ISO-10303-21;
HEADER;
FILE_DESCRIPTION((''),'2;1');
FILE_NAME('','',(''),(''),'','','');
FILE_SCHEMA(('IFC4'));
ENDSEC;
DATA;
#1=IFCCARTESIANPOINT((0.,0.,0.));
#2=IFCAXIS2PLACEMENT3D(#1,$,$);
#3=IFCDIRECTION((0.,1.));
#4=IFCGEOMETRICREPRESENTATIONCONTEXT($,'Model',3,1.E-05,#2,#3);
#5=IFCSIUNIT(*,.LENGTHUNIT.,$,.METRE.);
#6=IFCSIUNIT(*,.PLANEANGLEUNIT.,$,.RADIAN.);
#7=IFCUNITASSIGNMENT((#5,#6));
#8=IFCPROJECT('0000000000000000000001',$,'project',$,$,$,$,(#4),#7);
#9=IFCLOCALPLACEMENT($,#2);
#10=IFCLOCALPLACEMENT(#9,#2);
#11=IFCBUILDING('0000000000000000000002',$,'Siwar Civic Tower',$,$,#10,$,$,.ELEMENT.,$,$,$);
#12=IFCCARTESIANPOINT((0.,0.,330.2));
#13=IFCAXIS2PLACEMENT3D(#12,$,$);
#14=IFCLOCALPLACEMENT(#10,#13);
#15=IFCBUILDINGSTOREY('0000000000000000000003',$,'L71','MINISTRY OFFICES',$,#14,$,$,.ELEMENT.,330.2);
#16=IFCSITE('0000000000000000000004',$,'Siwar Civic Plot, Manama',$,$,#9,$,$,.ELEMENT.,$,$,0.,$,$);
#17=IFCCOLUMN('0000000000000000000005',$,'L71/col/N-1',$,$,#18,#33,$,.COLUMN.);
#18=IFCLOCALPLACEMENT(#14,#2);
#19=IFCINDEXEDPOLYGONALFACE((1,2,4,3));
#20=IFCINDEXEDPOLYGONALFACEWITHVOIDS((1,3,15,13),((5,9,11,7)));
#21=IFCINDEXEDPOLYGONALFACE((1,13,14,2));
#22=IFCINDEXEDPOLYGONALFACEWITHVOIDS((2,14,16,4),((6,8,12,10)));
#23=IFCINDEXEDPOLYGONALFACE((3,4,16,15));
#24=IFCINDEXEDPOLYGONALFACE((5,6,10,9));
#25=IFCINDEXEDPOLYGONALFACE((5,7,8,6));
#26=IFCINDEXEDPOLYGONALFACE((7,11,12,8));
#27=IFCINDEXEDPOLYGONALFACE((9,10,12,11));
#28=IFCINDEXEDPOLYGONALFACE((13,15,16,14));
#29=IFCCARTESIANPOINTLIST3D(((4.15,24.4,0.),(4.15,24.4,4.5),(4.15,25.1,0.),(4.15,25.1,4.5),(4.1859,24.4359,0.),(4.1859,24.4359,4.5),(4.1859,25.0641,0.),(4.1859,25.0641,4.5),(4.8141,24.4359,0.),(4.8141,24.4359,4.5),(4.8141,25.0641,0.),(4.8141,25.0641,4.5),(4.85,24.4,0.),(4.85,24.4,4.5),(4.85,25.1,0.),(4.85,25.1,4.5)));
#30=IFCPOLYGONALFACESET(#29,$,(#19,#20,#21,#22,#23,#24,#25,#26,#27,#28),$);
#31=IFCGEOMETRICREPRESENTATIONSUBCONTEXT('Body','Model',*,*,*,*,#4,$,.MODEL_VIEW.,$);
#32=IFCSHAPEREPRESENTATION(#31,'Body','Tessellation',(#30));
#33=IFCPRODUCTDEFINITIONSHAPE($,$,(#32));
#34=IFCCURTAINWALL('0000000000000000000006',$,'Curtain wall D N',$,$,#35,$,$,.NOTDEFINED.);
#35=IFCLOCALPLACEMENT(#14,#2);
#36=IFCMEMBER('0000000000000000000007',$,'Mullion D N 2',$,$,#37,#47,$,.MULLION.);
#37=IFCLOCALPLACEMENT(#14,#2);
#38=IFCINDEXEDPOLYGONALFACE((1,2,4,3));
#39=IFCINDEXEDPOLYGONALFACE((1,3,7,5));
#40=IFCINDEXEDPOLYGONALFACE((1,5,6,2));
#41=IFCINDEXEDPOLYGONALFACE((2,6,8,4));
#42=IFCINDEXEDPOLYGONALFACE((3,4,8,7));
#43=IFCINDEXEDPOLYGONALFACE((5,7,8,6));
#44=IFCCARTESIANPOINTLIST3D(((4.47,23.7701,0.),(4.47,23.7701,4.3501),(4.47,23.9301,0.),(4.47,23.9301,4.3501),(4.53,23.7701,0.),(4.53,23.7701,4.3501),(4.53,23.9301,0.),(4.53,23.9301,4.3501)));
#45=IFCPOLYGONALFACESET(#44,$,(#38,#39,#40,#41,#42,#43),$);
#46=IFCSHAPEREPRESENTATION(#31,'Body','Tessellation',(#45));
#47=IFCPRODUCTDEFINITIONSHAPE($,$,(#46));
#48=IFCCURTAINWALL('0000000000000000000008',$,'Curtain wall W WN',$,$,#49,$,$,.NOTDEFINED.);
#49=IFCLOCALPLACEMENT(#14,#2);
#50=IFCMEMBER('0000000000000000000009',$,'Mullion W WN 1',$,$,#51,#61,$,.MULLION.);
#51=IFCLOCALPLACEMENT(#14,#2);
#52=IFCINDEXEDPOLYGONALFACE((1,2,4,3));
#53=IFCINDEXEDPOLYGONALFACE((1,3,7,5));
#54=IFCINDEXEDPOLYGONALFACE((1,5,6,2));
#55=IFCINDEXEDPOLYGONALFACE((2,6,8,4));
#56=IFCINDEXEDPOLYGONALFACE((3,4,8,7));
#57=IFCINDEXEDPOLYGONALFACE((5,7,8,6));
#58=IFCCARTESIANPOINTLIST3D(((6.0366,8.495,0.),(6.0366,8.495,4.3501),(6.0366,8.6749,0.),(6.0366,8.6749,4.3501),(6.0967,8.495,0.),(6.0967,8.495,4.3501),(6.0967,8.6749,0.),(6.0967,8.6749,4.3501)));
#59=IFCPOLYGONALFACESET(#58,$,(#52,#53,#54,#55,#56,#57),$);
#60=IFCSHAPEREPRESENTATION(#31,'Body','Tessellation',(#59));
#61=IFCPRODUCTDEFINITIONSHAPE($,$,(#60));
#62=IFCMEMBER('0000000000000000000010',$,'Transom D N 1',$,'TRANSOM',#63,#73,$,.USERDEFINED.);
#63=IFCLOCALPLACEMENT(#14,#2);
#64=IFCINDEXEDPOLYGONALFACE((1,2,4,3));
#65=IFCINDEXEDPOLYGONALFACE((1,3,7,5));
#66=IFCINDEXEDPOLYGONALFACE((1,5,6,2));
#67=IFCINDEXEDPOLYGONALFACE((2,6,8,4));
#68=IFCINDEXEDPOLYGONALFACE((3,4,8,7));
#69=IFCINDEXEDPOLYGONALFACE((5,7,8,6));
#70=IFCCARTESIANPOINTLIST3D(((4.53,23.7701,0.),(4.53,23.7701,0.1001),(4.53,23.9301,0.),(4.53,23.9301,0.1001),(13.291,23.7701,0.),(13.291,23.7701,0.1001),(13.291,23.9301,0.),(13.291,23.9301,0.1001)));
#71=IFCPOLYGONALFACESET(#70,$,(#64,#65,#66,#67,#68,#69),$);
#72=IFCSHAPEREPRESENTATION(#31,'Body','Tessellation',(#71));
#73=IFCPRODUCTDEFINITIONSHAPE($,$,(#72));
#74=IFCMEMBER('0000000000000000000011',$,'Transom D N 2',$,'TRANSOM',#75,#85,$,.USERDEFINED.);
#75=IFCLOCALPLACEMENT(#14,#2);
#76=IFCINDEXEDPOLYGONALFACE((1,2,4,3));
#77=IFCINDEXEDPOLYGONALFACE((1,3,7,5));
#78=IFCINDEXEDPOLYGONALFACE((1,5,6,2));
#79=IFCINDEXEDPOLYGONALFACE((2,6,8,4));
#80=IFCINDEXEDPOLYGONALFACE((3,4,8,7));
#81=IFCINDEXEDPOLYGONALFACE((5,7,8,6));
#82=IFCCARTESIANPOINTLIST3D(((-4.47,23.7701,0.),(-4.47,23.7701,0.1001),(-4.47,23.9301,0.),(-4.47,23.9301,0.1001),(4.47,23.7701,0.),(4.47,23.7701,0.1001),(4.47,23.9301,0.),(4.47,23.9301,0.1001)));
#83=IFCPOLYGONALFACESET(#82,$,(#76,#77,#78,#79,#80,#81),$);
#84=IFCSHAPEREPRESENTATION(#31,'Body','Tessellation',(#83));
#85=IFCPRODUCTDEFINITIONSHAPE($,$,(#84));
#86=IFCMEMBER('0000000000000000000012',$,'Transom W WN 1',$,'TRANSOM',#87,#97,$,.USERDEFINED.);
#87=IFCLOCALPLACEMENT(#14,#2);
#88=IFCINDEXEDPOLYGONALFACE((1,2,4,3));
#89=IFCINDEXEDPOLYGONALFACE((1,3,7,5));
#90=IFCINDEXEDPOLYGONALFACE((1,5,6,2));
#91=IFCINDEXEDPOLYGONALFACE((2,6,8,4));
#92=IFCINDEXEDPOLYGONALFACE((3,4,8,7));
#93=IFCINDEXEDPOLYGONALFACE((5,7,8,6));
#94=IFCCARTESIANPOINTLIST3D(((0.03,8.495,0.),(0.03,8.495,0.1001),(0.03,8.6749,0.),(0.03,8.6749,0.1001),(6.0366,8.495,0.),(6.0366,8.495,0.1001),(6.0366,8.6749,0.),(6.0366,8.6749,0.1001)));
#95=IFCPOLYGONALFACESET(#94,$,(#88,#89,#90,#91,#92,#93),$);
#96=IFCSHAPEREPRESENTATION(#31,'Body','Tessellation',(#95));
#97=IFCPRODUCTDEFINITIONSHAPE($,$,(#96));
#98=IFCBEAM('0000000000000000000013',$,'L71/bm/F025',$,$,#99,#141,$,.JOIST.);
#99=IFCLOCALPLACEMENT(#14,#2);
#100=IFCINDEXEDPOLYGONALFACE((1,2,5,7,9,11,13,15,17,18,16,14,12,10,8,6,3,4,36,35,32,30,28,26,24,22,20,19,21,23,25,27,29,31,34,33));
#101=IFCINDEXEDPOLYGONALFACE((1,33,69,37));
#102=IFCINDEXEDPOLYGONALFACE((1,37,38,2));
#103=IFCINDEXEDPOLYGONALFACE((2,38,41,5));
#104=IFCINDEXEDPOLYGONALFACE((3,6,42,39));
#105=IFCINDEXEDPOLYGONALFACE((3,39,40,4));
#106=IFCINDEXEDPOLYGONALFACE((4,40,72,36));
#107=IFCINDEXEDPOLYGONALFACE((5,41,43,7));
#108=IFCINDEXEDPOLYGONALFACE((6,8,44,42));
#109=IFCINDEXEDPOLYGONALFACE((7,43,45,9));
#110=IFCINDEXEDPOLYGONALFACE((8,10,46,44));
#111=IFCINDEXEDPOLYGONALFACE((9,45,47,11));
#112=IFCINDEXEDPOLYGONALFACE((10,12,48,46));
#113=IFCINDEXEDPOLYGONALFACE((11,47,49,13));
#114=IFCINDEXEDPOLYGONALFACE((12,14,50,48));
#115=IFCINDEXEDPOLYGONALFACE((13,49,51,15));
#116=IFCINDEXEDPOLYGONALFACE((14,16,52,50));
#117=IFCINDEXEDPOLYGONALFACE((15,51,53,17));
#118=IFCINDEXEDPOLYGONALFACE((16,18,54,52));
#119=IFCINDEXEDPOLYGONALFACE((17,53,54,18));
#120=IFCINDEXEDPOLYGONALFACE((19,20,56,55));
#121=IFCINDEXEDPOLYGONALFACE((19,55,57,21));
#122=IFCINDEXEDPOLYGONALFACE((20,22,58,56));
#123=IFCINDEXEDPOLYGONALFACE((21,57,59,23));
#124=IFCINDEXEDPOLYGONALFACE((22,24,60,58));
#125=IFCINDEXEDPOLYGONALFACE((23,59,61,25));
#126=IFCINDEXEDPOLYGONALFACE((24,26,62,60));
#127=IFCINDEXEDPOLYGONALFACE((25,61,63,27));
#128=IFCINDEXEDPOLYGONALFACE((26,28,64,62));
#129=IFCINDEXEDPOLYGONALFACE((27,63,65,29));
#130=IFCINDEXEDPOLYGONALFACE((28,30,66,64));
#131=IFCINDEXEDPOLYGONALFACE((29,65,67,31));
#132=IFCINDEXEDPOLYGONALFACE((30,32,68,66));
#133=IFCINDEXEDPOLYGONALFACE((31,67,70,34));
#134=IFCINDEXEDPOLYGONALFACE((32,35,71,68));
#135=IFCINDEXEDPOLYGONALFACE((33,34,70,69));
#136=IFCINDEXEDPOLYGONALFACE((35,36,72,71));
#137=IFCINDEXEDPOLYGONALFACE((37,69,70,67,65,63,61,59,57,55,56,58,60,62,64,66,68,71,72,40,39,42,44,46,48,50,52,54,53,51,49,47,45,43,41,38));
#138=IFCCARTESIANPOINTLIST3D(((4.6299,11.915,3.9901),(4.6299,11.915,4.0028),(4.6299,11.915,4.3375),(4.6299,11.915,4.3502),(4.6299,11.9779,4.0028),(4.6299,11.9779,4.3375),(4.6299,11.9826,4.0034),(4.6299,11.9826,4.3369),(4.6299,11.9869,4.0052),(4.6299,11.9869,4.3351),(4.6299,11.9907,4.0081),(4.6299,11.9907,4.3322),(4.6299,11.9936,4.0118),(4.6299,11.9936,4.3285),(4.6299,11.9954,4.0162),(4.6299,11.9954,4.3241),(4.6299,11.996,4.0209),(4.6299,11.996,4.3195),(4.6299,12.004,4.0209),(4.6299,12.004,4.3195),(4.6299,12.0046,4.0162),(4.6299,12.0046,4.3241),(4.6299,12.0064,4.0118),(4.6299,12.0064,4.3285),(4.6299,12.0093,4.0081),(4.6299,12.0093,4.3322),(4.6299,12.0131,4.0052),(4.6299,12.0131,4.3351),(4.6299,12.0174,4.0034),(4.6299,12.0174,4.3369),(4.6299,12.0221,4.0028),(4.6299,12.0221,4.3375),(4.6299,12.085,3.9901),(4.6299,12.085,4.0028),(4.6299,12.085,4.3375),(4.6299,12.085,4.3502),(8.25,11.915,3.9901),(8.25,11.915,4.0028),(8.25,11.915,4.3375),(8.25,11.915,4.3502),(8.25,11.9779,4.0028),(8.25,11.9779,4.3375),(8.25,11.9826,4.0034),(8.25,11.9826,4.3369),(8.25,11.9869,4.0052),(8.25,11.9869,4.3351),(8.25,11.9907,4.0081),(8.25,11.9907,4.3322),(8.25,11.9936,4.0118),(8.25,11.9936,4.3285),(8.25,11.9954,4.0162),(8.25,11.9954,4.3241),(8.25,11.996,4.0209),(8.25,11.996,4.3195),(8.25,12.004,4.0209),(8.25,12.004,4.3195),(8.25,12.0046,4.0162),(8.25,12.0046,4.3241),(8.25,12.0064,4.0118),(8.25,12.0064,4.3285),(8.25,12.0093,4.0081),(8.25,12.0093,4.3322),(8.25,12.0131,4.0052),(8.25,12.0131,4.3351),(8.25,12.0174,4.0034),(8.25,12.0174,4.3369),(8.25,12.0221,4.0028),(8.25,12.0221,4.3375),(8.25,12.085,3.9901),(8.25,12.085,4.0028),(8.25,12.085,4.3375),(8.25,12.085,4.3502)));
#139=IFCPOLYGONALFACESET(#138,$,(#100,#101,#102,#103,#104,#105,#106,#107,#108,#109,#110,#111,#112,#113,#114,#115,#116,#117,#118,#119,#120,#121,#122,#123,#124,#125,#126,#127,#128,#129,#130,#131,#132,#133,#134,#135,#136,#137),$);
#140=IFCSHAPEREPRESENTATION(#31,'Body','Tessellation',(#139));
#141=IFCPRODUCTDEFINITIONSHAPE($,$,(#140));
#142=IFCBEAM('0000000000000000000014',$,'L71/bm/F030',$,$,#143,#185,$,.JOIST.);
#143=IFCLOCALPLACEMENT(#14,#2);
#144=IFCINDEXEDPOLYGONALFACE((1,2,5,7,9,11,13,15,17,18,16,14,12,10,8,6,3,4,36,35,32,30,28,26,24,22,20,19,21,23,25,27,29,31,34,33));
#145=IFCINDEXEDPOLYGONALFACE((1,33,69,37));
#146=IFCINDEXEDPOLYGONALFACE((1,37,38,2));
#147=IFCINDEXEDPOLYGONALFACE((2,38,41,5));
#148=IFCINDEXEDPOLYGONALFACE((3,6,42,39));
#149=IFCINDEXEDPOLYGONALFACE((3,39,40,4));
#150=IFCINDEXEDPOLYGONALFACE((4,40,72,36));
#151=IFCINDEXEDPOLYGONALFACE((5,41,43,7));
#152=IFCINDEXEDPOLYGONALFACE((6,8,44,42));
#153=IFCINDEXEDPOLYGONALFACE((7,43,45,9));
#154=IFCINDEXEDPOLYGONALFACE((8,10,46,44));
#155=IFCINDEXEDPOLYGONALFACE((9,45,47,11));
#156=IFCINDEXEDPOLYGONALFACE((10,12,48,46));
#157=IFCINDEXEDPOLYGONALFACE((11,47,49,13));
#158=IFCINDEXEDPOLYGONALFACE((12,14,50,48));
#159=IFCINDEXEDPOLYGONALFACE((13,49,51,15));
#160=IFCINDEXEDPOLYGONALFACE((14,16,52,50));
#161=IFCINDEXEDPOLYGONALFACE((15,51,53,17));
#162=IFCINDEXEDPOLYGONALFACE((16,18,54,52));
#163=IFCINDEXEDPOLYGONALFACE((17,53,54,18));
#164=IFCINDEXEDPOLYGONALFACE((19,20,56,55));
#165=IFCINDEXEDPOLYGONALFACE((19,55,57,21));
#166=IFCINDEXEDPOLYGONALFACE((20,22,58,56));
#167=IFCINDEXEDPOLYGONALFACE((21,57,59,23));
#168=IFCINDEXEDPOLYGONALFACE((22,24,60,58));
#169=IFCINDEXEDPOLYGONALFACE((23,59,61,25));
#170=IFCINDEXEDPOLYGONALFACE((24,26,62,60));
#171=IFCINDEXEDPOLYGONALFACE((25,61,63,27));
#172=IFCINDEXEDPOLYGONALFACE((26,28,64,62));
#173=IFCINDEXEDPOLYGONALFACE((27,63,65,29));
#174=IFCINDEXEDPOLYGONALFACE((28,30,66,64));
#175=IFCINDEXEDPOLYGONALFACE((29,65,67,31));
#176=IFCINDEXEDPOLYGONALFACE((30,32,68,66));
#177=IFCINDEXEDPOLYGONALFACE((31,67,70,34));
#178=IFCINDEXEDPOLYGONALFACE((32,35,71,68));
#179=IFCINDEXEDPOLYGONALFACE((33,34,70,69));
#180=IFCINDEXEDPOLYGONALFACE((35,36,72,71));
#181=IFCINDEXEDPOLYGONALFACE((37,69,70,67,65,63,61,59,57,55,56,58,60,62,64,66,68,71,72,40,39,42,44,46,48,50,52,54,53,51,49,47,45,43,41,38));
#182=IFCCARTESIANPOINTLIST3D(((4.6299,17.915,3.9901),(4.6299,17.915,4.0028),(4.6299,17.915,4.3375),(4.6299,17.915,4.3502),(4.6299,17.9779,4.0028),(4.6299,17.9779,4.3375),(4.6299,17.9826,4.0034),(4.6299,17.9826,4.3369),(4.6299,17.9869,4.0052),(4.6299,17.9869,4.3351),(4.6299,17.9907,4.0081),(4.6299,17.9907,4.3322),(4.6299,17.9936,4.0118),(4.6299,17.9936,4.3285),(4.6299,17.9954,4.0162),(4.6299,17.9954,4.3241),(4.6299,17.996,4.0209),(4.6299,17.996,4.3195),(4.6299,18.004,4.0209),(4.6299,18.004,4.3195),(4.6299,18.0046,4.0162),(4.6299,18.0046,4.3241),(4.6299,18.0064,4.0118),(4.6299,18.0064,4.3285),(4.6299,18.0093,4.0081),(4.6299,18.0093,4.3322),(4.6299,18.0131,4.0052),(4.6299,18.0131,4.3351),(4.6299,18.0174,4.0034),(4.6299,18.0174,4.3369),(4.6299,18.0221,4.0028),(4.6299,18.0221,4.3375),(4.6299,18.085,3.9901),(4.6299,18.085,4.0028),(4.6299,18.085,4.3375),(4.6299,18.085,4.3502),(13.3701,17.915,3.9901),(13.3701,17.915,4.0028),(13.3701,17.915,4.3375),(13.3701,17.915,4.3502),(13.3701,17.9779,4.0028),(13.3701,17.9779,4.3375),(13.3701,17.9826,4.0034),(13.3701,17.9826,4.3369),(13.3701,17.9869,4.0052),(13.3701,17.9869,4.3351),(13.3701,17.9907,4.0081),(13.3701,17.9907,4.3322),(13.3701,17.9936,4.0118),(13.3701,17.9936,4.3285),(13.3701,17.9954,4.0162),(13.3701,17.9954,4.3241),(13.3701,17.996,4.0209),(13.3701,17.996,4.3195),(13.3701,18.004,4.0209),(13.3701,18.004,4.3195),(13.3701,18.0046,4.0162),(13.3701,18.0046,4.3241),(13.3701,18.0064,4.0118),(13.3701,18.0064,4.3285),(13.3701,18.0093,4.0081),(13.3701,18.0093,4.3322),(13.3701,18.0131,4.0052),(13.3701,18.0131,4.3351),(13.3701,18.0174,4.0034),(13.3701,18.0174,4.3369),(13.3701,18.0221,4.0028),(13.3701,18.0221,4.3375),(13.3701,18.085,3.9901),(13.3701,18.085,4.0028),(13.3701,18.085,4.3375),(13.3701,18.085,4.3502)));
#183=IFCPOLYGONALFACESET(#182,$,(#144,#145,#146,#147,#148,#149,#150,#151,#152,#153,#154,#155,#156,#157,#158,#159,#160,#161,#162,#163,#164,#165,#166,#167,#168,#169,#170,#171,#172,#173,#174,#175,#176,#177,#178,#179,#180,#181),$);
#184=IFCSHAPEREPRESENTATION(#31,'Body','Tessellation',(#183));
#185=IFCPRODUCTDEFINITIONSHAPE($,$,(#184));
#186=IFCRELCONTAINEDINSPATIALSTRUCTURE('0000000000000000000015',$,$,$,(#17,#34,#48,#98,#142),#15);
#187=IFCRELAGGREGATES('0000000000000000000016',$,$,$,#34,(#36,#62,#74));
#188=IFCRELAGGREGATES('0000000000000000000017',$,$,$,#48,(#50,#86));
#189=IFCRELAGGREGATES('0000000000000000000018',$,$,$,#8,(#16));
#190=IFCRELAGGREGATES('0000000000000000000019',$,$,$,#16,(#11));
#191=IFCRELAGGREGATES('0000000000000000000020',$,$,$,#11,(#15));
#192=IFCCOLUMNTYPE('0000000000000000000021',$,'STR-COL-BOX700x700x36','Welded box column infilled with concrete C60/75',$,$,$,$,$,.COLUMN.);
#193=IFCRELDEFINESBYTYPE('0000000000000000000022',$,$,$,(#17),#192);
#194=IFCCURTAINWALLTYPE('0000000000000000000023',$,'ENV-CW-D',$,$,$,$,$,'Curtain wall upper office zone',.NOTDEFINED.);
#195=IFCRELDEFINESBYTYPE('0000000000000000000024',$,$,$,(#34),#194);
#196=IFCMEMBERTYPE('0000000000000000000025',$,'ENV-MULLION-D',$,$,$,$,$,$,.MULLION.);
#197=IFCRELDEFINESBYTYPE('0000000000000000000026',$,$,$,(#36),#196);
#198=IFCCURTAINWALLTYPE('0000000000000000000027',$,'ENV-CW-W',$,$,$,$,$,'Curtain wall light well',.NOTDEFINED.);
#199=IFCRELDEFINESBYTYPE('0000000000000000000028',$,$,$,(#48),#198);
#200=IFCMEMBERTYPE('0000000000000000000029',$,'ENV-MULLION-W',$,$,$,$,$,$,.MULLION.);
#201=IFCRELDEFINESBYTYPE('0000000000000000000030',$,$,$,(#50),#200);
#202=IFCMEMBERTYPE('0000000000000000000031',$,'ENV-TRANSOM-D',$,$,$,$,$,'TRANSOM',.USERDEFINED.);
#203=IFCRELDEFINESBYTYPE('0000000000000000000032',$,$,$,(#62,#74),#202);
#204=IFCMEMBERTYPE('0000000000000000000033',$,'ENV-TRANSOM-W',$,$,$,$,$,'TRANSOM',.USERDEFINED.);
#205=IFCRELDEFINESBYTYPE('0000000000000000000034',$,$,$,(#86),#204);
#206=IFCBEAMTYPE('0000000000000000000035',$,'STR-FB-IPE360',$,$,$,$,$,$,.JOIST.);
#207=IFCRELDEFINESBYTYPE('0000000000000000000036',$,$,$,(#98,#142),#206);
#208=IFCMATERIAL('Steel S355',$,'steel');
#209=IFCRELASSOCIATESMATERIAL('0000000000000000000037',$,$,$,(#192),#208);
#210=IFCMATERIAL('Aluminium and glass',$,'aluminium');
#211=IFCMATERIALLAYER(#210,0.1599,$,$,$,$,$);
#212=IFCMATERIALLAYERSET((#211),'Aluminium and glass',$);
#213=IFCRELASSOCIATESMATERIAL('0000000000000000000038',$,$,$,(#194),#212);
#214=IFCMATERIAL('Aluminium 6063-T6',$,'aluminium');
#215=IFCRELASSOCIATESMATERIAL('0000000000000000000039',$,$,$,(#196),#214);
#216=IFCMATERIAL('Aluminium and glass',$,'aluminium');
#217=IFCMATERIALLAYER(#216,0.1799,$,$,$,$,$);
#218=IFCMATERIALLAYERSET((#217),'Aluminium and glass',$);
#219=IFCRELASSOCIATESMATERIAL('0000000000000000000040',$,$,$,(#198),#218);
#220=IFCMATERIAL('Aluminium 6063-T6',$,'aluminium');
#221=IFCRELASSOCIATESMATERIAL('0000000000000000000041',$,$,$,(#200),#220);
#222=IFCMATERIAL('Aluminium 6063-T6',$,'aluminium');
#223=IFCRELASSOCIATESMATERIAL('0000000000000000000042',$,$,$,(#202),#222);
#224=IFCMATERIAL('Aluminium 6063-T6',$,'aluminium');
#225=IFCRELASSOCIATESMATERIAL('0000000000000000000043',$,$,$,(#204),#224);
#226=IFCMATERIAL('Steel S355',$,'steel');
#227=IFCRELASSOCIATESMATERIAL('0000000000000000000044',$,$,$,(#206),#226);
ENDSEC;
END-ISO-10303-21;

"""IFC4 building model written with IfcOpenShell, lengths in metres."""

from ifc_helpers import new_model, si_unit, direction, frame, origin, origin_2d, place, context, subcontext, project, spatial, rectangle, hollow_rectangle, i_section, extrude, material, layer, layer_set, material_profile, profile_set, type_object, element, aggregate, save


model = new_model("IFC4")

# Units and contexts
model_context = context("Model", 3, precision=1e-05, world=origin(), true_north=direction((0.0, 1.0)))
body_context = subcontext(model_context, "Body", "Model", "MODEL_VIEW")
ifc_project = project(units=[si_unit("LENGTHUNIT", "METRE"), si_unit("PLANEANGLEUNIT", "RADIAN")], contexts=[model_context])

# Site, building, storey
site_placement = place(None, origin())
site = spatial("IfcSite", under=ifc_project, at=site_placement, Name="Siwar Civic Plot, Manama", CompositionType="ELEMENT", RefElevation=0.0)
building_placement = place(site_placement, origin())
building = spatial("IfcBuilding", under=site, at=building_placement, Name="Siwar Civic Tower", CompositionType="ELEMENT")
storey_placement = place(building_placement, frame((0.0, 0.0, 330.2)))
storey = spatial("IfcBuildingStorey", under=building, at=storey_placement, Name="L71", Description="MINISTRY OFFICES", CompositionType="ELEMENT", Elevation=330.2)

# Column
ifc_material_1 = material(Name="Steel S355", Category="steel")
ifc_material_profile_1 = material_profile(ifc_material_1, hollow_rectangle(XDim=0.7, YDim=0.7, WallThickness=0.0359, at=origin_2d()), Name="BOX700x700x36")
ifc_profile_set_1 = profile_set([ifc_material_profile_1], Name="Steel S355")
column_type = type_object("IfcColumnType", Name="STR-COL-BOX700x700x36", Description="Welded box column infilled with concrete C60/75", PredefinedType="COLUMN", material=ifc_profile_set_1)
column_placement = place(storey_placement, frame((4.5, 24.75, 0.0), z_axis=(0.0, 0.0, 1.0), x_axis=(1.0, 0.0, 0.0)))
element("IfcColumn", 1, at=column_placement, inside=storey, type_object=column_type, Name="L71/col/N-1", PredefinedType="COLUMN", context=body_context, shape_type="SweptSolid", body=[
    extrude(hollow_rectangle(XDim=0.7, YDim=0.7, WallThickness=0.0359, at=origin_2d()), origin(), (0.0, 0.0, 1.0), 4.5),
])

# Curtain walls, members
ifc_material_2 = material(Name="Aluminium and glass", Category="aluminium")
ifc_layer_1 = layer(ifc_material_2, 0.1599)
ifc_layer_set_1 = layer_set([ifc_layer_1], Name="Aluminium and glass")
curtain_wall_type_1 = type_object("IfcCurtainWallType", Name="ENV-CW-D", ElementType="Curtain wall upper office zone", PredefinedType="NOTDEFINED", material=ifc_layer_set_1)
curtain_wall_1_placement = place(storey_placement, origin())
curtain_wall_1 = element("IfcCurtainWall", 2, at=curtain_wall_1_placement, inside=storey, type_object=curtain_wall_type_1, Name="Curtain wall D N", PredefinedType="NOTDEFINED")
ifc_material_3 = material(Name="Aluminium 6063-T6", Category="aluminium")
ifc_material_profile_2 = material_profile(ifc_material_3, rectangle(XDim=0.1599, YDim=0.0601, at=origin_2d()), Name="AL 160x60")
ifc_profile_set_2 = profile_set([ifc_material_profile_2], Name="Aluminium 6063-T6")
member_type_1 = type_object("IfcMemberType", Name="ENV-MULLION-D", PredefinedType="MULLION", material=ifc_profile_set_2)
member_1_placement = place(storey_placement, frame((4.5, 23.8501, 0.0), z_axis=(0.0, 0.0, 1.0), x_axis=(0.0, -1.0, 0.0)))
member_1 = element("IfcMember", 3, at=member_1_placement, type_object=member_type_1, Name="Mullion D N 2", PredefinedType="MULLION", context=body_context, shape_type="SweptSolid", body=[
    extrude(rectangle(XDim=0.1599, YDim=0.0601, at=origin_2d()), origin(), (0.0, 0.0, 1.0), 4.3501),
])
ifc_material_4 = material(Name="Aluminium and glass", Category="aluminium")
ifc_layer_2 = layer(ifc_material_4, 0.1799)
ifc_layer_set_2 = layer_set([ifc_layer_2], Name="Aluminium and glass")
curtain_wall_type_2 = type_object("IfcCurtainWallType", Name="ENV-CW-W", ElementType="Curtain wall light well", PredefinedType="NOTDEFINED", material=ifc_layer_set_2)
curtain_wall_2_placement = place(storey_placement, origin())
curtain_wall_2 = element("IfcCurtainWall", 4, at=curtain_wall_2_placement, inside=storey, type_object=curtain_wall_type_2, Name="Curtain wall W WN", PredefinedType="NOTDEFINED")
ifc_material_5 = material(Name="Aluminium 6063-T6", Category="aluminium")
ifc_material_profile_3 = material_profile(ifc_material_5, rectangle(XDim=0.1799, YDim=0.0601, at=origin_2d()), Name="AL 180x60")
ifc_profile_set_3 = profile_set([ifc_material_profile_3], Name="Aluminium 6063-T6")
member_type_2 = type_object("IfcMemberType", Name="ENV-MULLION-W", PredefinedType="MULLION", material=ifc_profile_set_3)
member_2_placement = place(storey_placement, frame((6.0667, 8.585, 0.0), z_axis=(0.0, 0.0, 1.0), x_axis=(0.0, -1.0, 0.0)))
member_2 = element("IfcMember", 5, at=member_2_placement, type_object=member_type_2, Name="Mullion W WN 1", PredefinedType="MULLION", context=body_context, shape_type="SweptSolid", body=[
    extrude(rectangle(XDim=0.1799, YDim=0.0601, at=origin_2d()), origin(), (0.0, 0.0, 1.0), 4.3501),
])

# Members
ifc_material_6 = material(Name="Aluminium 6063-T6", Category="aluminium")
ifc_material_profile_4 = material_profile(ifc_material_6, rectangle(XDim=0.1599, YDim=0.1001, at=origin_2d()), Name="AL 160x100")
ifc_profile_set_4 = profile_set([ifc_material_profile_4], Name="Aluminium 6063-T6")
member_type_3 = type_object("IfcMemberType", Name="ENV-TRANSOM-D", ElementType="TRANSOM", PredefinedType="USERDEFINED", material=ifc_profile_set_4)
member_3_placement = place(storey_placement, frame((13.291, 23.8501, 0.05), z_axis=(-1.0, 0.0, 0.0), x_axis=(0.0, -1.0, 0.0)))
member_3 = element("IfcMember", 6, at=member_3_placement, type_object=member_type_3, Name="Transom D N 1", ObjectType="TRANSOM", PredefinedType="USERDEFINED", context=body_context, shape_type="SweptSolid", body=[
    extrude(rectangle(XDim=0.1599, YDim=0.1001, at=origin_2d()), origin(), (0.0, 0.0, 1.0), 8.761),
])
member_4_placement = place(storey_placement, frame((4.47, 23.8501, 0.05), z_axis=(-1.0, 0.0, 0.0), x_axis=(0.0, -1.0, 0.0)))
member_4 = element("IfcMember", 7, at=member_4_placement, type_object=member_type_3, Name="Transom D N 2", ObjectType="TRANSOM", PredefinedType="USERDEFINED", context=body_context, shape_type="SweptSolid", body=[
    extrude(rectangle(XDim=0.1599, YDim=0.1001, at=origin_2d()), origin(), (0.0, 0.0, 1.0), 8.9399),
])
ifc_material_7 = material(Name="Aluminium 6063-T6", Category="aluminium")
ifc_material_profile_5 = material_profile(ifc_material_7, rectangle(XDim=0.1799, YDim=0.1001, at=origin_2d()), Name="AL 180x100")
ifc_profile_set_5 = profile_set([ifc_material_profile_5], Name="Aluminium 6063-T6")
member_type_4 = type_object("IfcMemberType", Name="ENV-TRANSOM-W", ElementType="TRANSOM", PredefinedType="USERDEFINED", material=ifc_profile_set_5)
member_5_placement = place(storey_placement, frame((6.0366, 8.585, 0.05), z_axis=(-1.0, 0.0, 0.0), x_axis=(0.0, -1.0, 0.0)))
member_5 = element("IfcMember", 8, at=member_5_placement, type_object=member_type_4, Name="Transom W WN 1", ObjectType="TRANSOM", PredefinedType="USERDEFINED", context=body_context, shape_type="SweptSolid", body=[
    extrude(rectangle(XDim=0.1799, YDim=0.1001, at=origin_2d()), origin(), (0.0, 0.0, 1.0), 6.0066),
])

# Beams
ifc_material_8 = material(Name="Steel S355", Category="steel")
ifc_material_profile_6 = material_profile(ifc_material_8, i_section(OverallWidth=0.1699, OverallDepth=0.3601, WebThickness=0.0081, FlangeThickness=0.0127, FilletRadius=0.0181, at=origin_2d()), Name="IPE360")
ifc_profile_set_6 = profile_set([ifc_material_profile_6], Name="Steel S355")
beam_type_1 = type_object("IfcBeamType", Name="STR-FB-IPE360", PredefinedType="JOIST", material=ifc_profile_set_6)
beam_1_placement = place(storey_placement, frame((4.6299, 12.0, 4.1702), z_axis=(1.0, 0.0, 0.0), x_axis=(0.0, 1.0, 0.0)))
element("IfcBeam", 9, at=beam_1_placement, inside=storey, type_object=beam_type_1, Name="L71/bm/F025", PredefinedType="JOIST", context=body_context, shape_type="SweptSolid", body=[
    extrude(i_section(OverallWidth=0.1699, OverallDepth=0.3601, WebThickness=0.0081, FlangeThickness=0.0127, FilletRadius=0.0181, at=origin_2d()), origin(), (0.0, 0.0, 1.0), 3.6201),
])
for number, where, z_axis, x_axis, name in (
    (10, (4.6299, 18.0, 4.1702), (1.0, 0.0, 0.0), (0.0, 1.0, 0.0), "L71/bm/F030"),
):
    element("IfcBeam", number, at=place(storey_placement, frame(where, z_axis=z_axis, x_axis=x_axis)), inside=storey, type_object=beam_type_1, Name=name, PredefinedType="JOIST", context=body_context, shape_type="SweptSolid", body=[
        extrude(i_section(OverallWidth=0.1699, OverallDepth=0.3601, WebThickness=0.0081, FlangeThickness=0.0127, FilletRadius=0.0181, at=origin_2d()), origin(), (0.0, 0.0, 1.0), 8.7402),
    ])

aggregate(curtain_wall_1, [member_1, member_3, member_4])
aggregate(curtain_wall_2, [member_2, member_5])

save(model, "model.ifc")
